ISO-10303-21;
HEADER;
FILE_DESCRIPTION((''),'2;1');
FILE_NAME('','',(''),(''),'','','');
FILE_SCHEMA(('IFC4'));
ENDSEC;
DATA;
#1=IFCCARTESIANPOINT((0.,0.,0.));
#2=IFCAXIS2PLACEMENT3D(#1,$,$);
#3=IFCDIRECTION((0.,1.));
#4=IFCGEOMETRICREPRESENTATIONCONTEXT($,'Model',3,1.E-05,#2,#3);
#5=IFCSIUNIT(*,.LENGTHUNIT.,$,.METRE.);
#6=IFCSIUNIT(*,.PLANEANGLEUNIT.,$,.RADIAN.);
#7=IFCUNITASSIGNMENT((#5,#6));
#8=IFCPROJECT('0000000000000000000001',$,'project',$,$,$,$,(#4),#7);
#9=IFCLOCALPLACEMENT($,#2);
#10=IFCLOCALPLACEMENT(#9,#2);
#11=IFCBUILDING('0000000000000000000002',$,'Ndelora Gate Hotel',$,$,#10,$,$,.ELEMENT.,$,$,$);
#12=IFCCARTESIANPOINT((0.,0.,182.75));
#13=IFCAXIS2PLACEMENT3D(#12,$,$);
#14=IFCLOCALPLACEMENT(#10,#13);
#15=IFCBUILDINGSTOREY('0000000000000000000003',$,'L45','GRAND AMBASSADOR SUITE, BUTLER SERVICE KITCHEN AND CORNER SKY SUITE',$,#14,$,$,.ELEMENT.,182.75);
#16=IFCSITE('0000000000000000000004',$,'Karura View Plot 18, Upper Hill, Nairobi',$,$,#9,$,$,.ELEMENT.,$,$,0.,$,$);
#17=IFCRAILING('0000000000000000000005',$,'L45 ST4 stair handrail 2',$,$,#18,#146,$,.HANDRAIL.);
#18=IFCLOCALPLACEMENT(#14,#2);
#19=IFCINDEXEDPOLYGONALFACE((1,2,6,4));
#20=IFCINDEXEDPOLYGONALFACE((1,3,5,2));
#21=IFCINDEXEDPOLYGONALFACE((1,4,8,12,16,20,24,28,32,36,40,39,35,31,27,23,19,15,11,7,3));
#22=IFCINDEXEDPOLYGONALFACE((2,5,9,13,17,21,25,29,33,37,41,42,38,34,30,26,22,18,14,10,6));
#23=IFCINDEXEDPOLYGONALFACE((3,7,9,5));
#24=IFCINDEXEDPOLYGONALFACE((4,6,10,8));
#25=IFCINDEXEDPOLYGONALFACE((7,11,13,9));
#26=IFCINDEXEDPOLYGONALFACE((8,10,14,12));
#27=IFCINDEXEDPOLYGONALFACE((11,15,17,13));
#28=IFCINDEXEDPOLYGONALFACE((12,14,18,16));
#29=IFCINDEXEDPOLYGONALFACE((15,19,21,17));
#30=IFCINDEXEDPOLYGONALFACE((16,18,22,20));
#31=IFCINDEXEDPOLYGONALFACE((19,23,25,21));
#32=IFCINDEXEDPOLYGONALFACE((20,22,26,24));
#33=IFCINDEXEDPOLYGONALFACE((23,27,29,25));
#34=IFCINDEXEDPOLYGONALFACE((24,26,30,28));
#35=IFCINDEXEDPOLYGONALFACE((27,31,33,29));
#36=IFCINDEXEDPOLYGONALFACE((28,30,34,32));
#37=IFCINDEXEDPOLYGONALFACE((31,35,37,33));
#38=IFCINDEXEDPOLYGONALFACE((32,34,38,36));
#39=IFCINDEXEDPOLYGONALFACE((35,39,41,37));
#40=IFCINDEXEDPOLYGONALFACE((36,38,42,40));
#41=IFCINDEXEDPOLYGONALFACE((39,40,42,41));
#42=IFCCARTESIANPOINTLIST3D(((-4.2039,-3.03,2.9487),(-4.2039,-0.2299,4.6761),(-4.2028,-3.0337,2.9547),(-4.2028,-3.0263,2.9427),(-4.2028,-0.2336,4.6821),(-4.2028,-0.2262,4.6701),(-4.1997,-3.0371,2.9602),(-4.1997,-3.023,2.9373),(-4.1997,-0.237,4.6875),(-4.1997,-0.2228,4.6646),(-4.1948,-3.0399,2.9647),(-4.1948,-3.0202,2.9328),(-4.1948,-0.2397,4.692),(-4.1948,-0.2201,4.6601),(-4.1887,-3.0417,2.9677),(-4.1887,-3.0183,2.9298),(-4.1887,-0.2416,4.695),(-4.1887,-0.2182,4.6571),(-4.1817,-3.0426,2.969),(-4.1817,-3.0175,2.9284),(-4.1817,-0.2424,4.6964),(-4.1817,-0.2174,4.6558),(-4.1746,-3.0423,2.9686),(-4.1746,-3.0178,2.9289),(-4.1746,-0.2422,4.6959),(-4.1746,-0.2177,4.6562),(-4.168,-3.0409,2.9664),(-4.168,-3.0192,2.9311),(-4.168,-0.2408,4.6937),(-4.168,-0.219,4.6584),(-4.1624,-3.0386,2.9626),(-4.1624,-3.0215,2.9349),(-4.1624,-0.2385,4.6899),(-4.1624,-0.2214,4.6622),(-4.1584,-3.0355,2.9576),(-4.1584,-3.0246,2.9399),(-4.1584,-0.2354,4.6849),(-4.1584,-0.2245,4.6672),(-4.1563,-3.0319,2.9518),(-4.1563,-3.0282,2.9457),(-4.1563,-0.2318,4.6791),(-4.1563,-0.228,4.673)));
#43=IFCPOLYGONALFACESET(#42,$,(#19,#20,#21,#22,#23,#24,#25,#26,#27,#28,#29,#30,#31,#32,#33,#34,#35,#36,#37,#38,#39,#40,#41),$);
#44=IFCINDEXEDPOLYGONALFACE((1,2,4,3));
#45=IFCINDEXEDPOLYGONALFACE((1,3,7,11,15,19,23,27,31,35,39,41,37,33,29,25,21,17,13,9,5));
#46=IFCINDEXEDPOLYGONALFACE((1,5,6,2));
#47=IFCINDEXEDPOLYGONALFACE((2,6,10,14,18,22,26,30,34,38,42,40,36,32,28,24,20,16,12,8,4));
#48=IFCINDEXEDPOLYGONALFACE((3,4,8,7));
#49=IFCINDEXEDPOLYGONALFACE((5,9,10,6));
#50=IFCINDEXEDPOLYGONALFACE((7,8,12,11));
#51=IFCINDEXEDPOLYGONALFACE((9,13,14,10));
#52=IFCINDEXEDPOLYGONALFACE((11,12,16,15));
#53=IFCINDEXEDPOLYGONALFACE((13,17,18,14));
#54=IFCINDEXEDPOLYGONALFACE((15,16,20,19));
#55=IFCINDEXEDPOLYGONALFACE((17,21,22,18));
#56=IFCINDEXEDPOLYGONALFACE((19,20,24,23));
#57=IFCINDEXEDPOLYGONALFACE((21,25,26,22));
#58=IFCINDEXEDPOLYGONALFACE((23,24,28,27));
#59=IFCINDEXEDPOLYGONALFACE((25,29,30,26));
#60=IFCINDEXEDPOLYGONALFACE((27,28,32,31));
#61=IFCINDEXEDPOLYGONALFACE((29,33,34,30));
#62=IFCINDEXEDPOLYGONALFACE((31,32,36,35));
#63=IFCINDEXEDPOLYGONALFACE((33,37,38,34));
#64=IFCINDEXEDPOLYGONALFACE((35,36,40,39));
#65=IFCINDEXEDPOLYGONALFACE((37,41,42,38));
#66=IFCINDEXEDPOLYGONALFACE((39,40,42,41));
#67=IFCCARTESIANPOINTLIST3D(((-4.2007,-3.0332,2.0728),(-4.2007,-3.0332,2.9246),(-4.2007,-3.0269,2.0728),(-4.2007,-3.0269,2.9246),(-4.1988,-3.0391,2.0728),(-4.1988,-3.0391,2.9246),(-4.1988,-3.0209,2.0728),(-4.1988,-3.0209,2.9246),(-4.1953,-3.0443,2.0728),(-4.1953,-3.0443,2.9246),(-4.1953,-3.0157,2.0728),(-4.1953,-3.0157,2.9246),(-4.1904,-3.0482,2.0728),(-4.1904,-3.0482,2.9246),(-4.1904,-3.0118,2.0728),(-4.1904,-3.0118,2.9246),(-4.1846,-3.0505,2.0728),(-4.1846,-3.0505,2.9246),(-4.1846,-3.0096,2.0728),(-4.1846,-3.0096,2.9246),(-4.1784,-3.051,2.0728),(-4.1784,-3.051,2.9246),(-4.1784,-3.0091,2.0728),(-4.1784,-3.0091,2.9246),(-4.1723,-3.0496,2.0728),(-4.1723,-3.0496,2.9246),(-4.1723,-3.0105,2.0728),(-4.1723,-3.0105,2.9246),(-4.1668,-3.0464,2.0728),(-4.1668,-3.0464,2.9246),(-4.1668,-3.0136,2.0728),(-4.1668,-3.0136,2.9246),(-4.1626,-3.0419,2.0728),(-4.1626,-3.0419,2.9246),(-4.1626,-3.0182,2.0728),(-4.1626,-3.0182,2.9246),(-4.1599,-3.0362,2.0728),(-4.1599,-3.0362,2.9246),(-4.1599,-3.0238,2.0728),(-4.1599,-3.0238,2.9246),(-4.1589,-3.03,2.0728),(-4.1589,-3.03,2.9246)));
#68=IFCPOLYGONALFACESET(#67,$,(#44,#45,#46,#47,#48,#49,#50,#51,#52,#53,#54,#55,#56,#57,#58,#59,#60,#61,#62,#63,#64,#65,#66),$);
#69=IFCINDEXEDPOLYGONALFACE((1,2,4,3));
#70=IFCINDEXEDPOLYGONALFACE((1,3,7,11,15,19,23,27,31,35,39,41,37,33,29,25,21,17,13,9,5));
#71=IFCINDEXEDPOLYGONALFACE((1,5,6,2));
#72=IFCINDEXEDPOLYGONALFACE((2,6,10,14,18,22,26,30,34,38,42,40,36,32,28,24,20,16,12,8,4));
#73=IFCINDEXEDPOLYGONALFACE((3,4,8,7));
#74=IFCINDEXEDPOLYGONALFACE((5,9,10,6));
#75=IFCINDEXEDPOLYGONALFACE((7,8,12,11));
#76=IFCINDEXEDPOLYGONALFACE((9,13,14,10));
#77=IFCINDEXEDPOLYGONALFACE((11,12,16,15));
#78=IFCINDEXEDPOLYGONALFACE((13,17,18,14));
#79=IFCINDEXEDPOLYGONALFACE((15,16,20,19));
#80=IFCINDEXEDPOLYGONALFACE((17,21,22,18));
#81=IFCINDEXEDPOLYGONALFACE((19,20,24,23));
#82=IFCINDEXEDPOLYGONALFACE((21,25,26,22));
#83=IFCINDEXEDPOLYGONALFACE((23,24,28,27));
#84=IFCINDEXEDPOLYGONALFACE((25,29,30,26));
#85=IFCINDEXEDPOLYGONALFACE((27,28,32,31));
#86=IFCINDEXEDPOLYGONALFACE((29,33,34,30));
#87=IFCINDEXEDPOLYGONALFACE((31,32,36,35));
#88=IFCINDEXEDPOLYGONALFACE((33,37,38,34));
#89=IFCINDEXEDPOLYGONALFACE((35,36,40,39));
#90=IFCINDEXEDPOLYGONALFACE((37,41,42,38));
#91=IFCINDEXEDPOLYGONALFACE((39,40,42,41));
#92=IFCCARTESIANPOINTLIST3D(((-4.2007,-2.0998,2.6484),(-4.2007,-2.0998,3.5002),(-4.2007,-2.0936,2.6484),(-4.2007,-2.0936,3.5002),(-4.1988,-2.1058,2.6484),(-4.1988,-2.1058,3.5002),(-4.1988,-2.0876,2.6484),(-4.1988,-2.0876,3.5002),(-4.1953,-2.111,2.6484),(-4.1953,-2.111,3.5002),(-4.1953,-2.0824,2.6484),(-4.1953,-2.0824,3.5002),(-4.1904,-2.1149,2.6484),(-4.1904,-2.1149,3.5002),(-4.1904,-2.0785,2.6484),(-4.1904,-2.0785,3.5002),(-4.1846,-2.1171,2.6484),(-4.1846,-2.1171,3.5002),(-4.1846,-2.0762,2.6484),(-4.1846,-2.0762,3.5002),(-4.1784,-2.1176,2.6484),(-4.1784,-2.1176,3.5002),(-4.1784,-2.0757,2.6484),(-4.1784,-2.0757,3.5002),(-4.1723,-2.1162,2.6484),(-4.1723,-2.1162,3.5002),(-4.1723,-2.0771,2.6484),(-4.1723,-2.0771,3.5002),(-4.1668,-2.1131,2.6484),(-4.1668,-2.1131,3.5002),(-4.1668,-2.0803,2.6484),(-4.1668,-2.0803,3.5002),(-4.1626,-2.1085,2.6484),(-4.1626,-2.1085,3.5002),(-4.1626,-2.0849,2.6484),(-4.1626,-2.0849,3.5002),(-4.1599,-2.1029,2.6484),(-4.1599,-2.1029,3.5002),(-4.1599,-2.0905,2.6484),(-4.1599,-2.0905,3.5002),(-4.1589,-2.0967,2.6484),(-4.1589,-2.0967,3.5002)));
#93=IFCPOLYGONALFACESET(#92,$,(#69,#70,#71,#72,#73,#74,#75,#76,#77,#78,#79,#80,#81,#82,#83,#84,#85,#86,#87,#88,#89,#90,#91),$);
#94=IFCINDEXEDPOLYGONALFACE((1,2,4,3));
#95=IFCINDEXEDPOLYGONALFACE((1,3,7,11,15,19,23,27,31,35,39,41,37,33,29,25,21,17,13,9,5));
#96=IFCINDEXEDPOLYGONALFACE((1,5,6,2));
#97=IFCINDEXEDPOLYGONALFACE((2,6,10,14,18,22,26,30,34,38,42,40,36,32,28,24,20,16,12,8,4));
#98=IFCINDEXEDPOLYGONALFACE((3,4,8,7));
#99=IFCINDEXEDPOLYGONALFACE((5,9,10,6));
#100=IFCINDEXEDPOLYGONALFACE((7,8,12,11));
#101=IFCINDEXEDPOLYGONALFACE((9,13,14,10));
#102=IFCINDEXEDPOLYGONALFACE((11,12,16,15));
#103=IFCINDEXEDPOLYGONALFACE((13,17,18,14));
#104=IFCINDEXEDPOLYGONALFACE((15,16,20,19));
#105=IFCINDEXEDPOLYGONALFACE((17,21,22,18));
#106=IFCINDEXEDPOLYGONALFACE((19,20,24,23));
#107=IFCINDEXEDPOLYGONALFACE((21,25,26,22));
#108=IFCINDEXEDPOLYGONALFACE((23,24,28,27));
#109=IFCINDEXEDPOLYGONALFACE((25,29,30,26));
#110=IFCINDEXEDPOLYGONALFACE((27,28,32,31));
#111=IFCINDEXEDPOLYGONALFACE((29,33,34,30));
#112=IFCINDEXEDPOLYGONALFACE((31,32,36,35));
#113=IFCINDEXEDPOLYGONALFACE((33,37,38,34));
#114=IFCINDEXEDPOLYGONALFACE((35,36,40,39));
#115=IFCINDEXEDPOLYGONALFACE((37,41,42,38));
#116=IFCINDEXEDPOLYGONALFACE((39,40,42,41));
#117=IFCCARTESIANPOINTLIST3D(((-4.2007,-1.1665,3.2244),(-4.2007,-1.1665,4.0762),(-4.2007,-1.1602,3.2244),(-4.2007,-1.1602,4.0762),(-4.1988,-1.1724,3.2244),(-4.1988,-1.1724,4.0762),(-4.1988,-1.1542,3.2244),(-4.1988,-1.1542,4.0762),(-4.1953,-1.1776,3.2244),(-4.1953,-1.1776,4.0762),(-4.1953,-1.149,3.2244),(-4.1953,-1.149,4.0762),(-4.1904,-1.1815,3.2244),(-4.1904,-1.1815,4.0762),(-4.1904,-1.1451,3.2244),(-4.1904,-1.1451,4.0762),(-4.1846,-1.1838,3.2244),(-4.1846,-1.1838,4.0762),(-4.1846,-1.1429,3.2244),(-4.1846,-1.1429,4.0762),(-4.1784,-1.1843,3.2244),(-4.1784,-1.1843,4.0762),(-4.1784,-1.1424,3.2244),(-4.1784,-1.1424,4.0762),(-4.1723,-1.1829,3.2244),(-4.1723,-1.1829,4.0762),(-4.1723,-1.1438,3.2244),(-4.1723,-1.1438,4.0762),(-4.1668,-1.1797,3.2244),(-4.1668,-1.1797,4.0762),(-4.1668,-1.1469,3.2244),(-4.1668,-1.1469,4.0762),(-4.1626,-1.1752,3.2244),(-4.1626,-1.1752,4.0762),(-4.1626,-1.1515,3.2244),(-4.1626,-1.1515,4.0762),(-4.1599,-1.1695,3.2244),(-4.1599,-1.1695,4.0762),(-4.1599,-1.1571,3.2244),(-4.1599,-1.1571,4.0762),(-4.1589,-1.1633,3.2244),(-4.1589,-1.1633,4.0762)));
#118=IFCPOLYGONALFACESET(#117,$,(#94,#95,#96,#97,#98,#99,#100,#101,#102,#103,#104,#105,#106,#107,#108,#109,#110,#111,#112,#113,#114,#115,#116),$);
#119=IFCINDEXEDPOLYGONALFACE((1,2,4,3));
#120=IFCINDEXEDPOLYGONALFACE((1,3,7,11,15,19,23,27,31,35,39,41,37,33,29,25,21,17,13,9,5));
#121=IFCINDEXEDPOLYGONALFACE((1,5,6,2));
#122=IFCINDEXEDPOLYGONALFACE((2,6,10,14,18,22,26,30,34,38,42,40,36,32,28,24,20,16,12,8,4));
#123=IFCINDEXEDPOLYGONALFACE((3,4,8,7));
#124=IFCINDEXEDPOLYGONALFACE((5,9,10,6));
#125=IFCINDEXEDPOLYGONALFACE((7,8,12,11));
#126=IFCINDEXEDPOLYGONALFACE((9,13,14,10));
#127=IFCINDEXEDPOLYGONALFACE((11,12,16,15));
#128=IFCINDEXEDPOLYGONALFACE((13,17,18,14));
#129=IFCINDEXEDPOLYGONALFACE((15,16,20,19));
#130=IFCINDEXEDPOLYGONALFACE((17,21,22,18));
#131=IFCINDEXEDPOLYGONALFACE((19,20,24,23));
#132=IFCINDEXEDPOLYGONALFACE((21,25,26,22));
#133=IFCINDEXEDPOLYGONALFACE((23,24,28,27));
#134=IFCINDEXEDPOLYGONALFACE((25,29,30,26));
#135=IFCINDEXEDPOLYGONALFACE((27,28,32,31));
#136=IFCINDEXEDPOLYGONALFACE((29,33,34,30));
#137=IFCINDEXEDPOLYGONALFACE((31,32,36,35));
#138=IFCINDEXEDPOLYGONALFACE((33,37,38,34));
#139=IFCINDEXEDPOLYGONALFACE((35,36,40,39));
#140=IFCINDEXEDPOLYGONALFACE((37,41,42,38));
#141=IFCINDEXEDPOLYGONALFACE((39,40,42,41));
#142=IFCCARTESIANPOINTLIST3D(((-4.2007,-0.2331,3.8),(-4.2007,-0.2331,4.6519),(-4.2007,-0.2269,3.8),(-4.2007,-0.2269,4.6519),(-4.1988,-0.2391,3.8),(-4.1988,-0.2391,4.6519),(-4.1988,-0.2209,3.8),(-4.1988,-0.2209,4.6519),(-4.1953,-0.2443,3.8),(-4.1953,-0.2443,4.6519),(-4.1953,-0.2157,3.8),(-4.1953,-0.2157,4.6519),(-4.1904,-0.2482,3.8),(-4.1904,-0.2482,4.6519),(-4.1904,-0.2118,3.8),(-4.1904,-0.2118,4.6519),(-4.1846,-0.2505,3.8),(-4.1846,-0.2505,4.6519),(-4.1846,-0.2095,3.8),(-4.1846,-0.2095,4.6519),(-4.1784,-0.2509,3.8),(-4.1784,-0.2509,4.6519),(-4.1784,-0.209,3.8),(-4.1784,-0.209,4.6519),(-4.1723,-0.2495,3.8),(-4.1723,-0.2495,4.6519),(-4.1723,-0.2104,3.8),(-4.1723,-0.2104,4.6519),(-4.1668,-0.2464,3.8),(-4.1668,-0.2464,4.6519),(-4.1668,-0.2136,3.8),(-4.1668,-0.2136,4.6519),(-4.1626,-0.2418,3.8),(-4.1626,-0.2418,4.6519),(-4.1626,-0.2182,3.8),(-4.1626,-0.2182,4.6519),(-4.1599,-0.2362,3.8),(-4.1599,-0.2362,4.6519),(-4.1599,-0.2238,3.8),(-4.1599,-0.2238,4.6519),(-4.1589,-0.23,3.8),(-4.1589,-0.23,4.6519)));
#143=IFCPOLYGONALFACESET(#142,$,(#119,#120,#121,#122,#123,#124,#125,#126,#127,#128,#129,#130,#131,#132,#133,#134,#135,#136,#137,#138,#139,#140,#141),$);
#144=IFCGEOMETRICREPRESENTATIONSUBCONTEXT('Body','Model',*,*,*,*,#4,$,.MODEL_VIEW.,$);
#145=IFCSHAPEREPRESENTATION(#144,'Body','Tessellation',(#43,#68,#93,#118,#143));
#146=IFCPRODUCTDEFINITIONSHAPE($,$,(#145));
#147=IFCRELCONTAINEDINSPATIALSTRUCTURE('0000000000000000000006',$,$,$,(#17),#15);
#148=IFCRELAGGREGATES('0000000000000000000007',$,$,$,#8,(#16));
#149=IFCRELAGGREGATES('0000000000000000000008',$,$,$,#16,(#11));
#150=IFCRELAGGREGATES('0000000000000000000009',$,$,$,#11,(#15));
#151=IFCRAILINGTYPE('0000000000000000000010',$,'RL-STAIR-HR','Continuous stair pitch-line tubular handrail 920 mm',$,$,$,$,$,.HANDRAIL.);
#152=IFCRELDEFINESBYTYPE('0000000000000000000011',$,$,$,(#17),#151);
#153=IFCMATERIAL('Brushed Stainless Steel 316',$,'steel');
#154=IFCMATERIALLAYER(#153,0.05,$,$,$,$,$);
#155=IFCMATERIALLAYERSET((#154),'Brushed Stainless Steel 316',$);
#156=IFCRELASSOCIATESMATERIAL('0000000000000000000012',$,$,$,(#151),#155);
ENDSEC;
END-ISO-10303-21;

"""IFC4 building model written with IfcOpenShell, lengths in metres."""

from ifc_helpers import new_model, si_unit, direction, frame, origin, origin_2d, place, context, subcontext, project, spatial, circle, extrude, material, layer, layer_set, type_object, element, save


model = new_model("IFC4")

# Units and contexts
model_context = context("Model", 3, precision=1e-05, world=origin(), true_north=direction((0.0, 1.0)))
body_context = subcontext(model_context, "Body", "Model", "MODEL_VIEW")
ifc_project = project(units=[si_unit("LENGTHUNIT", "METRE"), si_unit("PLANEANGLEUNIT", "RADIAN")], contexts=[model_context])

# Site, building, storey
site_placement = place(None, origin())
site = spatial("IfcSite", under=ifc_project, at=site_placement, Name="Karura View Plot 18, Upper Hill, Nairobi", CompositionType="ELEMENT", RefElevation=0.0)
building_placement = place(site_placement, origin())
building = spatial("IfcBuilding", under=site, at=building_placement, Name="Ndelora Gate Hotel", CompositionType="ELEMENT")
storey_placement = place(building_placement, frame((0.0, 0.0, 182.75)))
storey = spatial("IfcBuildingStorey", under=building, at=storey_placement, Name="L45", Description="GRAND AMBASSADOR SUITE, BUTLER SERVICE KITCHEN AND CORNER SKY SUITE", CompositionType="ELEMENT", Elevation=182.75)

# Railing
ifc_material_1 = material(Name="Brushed Stainless Steel 316", Category="steel")
ifc_layer_1 = layer(ifc_material_1, 0.05)
ifc_layer_set_1 = layer_set([ifc_layer_1], Name="Brushed Stainless Steel 316")
railing_type_1 = type_object("IfcRailingType", Name="RL-STAIR-HR", Description="Continuous stair pitch-line tubular handrail 920 mm", PredefinedType="HANDRAIL", material=ifc_layer_set_1)
railing_1_placement = place(storey_placement, frame((-4.1799, -3.03, 2.0728)))
element("IfcRailing", 1, at=railing_1_placement, inside=storey, type_object=railing_type_1, Name="L45 ST4 stair handrail 2", PredefinedType="HANDRAIL", context=body_context, shape_type="SweptSolid", body=[
    extrude(circle(Radius=0.0239, at=origin_2d()), frame((0.0, 0.0, 0.876), z_axis=(0.0, 0.85109, 0.52502), x_axis=(-1.0, 0.0, 0.0)), (0.0, 0.0, 1.0), 3.29),
    extrude(circle(Radius=0.021, at=origin_2d()), origin(), (0.0, 0.0, 1.0), 0.8518),
    extrude(circle(Radius=0.021, at=origin_2d()), frame((0.0, 0.9333, 0.5757)), (0.0, 0.0, 1.0), 0.8518),
    extrude(circle(Radius=0.021, at=origin_2d()), frame((0.0, 1.8667, 1.1516)), (0.0, 0.0, 1.0), 0.8518),
    extrude(circle(Radius=0.021, at=origin_2d()), frame((0.0, 2.8, 1.7273)), (0.0, 0.0, 1.0), 0.8518),
])

save(model, "model.ifc")
